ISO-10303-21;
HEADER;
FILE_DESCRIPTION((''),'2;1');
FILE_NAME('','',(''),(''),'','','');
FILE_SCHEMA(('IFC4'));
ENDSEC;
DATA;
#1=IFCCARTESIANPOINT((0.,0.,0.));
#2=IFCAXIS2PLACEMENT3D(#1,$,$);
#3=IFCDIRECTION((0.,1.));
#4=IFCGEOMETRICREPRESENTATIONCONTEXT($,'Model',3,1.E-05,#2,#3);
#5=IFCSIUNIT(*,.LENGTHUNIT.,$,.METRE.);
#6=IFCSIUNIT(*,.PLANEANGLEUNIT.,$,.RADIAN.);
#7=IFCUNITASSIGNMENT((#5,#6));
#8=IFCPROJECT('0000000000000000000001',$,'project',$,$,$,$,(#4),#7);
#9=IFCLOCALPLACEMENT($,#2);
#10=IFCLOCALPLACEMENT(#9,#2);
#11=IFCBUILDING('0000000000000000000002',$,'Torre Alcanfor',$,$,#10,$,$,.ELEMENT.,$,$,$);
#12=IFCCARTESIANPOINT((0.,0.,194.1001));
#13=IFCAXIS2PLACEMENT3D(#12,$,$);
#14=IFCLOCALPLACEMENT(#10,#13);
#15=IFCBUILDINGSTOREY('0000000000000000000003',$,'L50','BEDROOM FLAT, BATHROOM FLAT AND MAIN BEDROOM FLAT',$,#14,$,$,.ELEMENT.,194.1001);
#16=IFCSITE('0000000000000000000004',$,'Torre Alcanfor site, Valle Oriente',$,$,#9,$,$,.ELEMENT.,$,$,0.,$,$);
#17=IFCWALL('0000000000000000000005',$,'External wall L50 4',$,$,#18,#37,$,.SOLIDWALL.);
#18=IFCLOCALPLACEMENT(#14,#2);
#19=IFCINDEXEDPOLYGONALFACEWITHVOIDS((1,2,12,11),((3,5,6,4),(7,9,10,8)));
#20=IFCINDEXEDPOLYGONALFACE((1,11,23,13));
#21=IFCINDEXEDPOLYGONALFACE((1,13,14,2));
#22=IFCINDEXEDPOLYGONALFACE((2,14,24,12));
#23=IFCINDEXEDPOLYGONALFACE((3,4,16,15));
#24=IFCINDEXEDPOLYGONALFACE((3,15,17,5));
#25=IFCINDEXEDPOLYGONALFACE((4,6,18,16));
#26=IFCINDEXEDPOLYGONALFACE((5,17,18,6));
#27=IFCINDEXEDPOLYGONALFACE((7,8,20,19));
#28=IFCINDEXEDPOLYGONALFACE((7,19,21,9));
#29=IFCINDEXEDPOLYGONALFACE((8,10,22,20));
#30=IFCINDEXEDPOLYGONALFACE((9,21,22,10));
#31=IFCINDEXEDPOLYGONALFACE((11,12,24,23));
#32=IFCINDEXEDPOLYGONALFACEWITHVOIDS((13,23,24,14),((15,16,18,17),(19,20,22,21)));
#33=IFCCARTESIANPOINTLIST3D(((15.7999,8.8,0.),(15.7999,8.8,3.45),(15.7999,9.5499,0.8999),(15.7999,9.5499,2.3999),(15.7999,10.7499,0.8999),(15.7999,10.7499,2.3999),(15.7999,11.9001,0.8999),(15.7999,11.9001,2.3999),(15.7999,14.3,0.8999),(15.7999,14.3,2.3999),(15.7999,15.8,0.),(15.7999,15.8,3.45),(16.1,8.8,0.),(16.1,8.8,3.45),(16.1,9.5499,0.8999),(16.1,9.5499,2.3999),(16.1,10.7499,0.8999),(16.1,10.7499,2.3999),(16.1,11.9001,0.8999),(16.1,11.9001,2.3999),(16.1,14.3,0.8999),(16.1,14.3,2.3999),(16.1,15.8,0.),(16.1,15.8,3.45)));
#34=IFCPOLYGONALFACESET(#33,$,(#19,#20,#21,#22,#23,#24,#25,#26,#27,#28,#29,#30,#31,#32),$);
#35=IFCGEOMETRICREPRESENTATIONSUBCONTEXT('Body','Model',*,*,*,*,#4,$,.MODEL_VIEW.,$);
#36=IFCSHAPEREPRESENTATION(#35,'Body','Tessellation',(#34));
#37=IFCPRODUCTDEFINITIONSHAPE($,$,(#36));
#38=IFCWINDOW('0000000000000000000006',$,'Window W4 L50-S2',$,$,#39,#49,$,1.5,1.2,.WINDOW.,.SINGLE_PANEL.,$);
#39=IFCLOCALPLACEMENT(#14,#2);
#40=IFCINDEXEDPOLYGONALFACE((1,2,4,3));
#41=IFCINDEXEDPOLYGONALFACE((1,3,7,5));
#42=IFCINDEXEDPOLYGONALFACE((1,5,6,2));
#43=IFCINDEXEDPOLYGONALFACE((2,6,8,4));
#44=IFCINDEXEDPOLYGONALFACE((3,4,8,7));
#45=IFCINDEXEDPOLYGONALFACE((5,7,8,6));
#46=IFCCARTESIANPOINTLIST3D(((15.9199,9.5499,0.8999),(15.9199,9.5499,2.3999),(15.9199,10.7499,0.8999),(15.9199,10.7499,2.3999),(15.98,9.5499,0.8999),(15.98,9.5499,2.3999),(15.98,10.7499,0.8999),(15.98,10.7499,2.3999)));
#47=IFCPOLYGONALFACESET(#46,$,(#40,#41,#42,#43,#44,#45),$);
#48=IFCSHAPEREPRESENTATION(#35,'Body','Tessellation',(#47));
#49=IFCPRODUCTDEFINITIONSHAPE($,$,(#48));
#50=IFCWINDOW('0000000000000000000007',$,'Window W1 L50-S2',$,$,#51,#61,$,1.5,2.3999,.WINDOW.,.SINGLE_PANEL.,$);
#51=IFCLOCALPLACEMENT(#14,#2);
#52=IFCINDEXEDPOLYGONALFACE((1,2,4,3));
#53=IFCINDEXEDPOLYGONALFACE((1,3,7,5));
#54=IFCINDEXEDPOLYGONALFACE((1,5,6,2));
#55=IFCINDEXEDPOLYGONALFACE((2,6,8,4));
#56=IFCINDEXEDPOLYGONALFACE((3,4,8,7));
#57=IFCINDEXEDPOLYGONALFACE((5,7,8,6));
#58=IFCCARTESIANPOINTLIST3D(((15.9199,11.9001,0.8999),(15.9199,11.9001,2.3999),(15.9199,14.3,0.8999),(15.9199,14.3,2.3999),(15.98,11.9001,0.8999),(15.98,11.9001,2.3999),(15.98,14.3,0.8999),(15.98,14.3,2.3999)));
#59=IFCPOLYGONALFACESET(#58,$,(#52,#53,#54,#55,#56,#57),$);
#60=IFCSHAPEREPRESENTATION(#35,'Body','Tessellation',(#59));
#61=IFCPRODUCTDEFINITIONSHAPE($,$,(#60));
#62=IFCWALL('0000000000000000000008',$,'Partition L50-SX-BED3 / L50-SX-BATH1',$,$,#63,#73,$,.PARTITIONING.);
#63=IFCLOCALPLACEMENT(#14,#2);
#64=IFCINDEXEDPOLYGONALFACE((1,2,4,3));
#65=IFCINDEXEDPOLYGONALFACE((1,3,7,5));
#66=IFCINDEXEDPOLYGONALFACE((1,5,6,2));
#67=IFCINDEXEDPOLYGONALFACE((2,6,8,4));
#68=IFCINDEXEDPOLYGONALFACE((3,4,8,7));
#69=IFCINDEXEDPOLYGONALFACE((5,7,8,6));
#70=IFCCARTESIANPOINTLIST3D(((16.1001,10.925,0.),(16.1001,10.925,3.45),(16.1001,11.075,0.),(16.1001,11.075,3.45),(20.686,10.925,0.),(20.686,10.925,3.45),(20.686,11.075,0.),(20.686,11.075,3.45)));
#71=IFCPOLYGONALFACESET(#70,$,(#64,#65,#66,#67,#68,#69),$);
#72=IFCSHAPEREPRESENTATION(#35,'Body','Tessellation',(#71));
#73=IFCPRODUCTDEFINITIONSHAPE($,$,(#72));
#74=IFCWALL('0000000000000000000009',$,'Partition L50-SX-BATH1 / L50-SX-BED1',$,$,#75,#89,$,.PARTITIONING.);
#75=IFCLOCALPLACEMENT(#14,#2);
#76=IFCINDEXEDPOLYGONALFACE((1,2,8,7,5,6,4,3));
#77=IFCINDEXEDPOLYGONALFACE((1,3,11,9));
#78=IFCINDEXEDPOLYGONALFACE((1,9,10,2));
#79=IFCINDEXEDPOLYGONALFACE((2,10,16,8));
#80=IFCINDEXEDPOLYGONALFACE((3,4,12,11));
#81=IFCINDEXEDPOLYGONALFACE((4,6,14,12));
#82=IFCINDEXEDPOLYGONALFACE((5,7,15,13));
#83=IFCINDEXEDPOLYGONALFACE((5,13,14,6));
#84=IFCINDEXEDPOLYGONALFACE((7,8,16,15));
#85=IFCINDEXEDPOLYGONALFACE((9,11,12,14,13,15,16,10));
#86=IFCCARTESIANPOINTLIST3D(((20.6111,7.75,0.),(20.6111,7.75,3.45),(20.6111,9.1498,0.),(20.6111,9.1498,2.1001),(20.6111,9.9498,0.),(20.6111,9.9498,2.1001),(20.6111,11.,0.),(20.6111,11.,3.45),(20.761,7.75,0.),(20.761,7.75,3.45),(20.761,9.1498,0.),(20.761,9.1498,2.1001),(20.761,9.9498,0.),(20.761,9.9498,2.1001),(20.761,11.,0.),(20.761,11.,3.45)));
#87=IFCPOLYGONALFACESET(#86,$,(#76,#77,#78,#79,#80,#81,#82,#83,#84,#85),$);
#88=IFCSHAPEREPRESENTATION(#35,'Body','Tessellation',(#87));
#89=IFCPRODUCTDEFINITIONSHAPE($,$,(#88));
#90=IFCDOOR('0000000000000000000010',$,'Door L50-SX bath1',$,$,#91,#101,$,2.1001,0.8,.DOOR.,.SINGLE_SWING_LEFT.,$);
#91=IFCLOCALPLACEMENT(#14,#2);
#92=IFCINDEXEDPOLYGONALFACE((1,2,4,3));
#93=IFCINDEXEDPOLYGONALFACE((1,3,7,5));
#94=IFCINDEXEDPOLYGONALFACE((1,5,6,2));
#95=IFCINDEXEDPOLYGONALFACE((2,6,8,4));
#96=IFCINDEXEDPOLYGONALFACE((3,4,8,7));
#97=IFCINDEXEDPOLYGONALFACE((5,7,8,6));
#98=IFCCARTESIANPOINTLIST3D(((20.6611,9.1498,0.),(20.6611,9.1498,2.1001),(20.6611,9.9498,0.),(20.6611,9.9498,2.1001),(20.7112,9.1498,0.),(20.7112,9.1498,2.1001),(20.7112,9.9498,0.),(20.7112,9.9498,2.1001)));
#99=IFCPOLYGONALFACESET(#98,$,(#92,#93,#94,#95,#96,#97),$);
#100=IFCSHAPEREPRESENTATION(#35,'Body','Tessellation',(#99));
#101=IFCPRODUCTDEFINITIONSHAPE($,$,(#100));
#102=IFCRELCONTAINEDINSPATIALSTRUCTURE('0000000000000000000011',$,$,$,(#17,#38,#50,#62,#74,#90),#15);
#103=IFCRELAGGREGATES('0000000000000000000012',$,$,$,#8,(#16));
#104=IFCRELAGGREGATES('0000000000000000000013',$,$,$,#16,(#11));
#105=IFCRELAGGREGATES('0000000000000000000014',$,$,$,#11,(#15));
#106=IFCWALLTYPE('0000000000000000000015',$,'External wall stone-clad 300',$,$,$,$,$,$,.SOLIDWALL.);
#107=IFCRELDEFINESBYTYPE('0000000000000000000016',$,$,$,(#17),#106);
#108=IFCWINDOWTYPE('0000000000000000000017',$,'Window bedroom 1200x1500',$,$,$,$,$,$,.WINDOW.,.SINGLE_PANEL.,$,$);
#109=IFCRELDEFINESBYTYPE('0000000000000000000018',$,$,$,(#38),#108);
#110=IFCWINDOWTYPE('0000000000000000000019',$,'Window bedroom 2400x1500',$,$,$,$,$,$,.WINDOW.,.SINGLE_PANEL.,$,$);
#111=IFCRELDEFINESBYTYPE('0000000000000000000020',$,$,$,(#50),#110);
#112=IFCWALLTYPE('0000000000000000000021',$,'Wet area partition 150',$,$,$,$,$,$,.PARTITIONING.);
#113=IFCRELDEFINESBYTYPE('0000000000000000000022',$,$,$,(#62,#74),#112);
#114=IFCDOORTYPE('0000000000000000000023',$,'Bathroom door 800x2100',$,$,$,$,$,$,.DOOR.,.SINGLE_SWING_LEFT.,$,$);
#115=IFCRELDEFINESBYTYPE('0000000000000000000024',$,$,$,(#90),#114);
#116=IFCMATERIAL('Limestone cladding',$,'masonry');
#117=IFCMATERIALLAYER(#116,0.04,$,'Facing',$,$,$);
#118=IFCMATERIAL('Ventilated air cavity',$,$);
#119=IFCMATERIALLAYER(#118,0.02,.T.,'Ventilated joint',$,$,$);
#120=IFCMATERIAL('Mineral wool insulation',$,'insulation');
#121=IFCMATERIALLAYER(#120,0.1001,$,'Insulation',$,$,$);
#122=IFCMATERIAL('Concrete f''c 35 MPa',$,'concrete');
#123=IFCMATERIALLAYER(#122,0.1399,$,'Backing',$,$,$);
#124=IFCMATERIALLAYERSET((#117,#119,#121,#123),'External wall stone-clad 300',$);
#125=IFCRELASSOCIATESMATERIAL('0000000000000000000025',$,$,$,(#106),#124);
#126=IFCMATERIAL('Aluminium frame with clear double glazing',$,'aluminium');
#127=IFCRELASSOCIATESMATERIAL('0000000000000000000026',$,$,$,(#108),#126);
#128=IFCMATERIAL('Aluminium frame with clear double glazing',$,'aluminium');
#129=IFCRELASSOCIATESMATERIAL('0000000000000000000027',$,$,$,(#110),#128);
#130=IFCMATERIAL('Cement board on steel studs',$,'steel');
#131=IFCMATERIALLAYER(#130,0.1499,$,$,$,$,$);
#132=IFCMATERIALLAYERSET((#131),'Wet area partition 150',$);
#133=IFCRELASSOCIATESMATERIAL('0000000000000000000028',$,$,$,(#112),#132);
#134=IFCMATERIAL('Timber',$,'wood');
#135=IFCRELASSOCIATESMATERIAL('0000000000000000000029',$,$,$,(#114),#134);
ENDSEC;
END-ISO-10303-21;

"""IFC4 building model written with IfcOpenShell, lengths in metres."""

from ifc_helpers import new_model, si_unit, direction, frame, frame_2d, origin, place, context, subcontext, project, spatial, rectangle, extrude, material, layer, layer_set, type_object, element, fill, save


model = new_model("IFC4")

# Units and contexts
model_context = context("Model", 3, precision=1e-05, world=origin(), true_north=direction((0.0, 1.0)))
body_context = subcontext(model_context, "Body", "Model", "MODEL_VIEW")
ifc_project = project(units=[si_unit("LENGTHUNIT", "METRE"), si_unit("PLANEANGLEUNIT", "RADIAN")], contexts=[model_context])

# Site, building, storey
site_placement = place(None, origin())
site = spatial("IfcSite", under=ifc_project, at=site_placement, Name="Torre Alcanfor site, Valle Oriente", CompositionType="ELEMENT", RefElevation=0.0)
building_placement = place(site_placement, origin())
building = spatial("IfcBuilding", under=site, at=building_placement, Name="Torre Alcanfor", CompositionType="ELEMENT")
storey_placement = place(building_placement, frame((0.0, 0.0, 194.1001)))
storey = spatial("IfcBuildingStorey", under=building, at=storey_placement, Name="L50", Description="BEDROOM FLAT, BATHROOM FLAT AND MAIN BEDROOM FLAT", CompositionType="ELEMENT", Elevation=194.1001)

# Wall, openings, windows
ifc_material_1 = material(Name="Limestone cladding", Category="masonry")
ifc_layer_1 = layer(ifc_material_1, 0.04, Name="Facing")
ifc_material_2 = material(Name="Ventilated air cavity")
ifc_layer_2 = layer(ifc_material_2, 0.02, ventilated=True, Name="Ventilated joint")
ifc_material_3 = material(Name="Mineral wool insulation", Category="insulation")
ifc_layer_3 = layer(ifc_material_3, 0.1001, Name="Insulation")
ifc_material_4 = material(Name="Concrete f'c 35 MPa", Category="concrete")
ifc_layer_4 = layer(ifc_material_4, 0.1399, Name="Backing")
ifc_layer_set_1 = layer_set([ifc_layer_1, ifc_layer_2, ifc_layer_3, ifc_layer_4], Name="External wall stone-clad 300")
wall_type_1 = type_object("IfcWallType", Name="External wall stone-clad 300", PredefinedType="SOLIDWALL", material=ifc_layer_set_1)
wall_1_placement = place(storey_placement, frame((15.95, 15.8, 0.0), z_axis=(0.0, 0.0, 1.0), x_axis=(0.0, -1.0, 0.0)))
wall_1 = element("IfcWall", 1, at=wall_1_placement, inside=storey, type_object=wall_type_1, Name="External wall L50 4", PredefinedType="SOLIDWALL", context=body_context, shape_type="SweptSolid", body=[
    extrude(rectangle(XDim=7.0, YDim=0.3, at=frame_2d((3.5, 0.0))), origin(), (0.0, 0.0, 1.0), 3.45),
])
opening_1_placement = place(wall_1_placement, frame((1.5, 0.0, 0.8999)))
opening_1 = element("IfcOpeningElement", 2, at=opening_1_placement, cuts=wall_1, PredefinedType="OPENING", context=body_context, shape_type="SweptSolid", body=[
    extrude(rectangle(XDim=2.3999, YDim=1.5, at=frame_2d((1.2, 0.75))), frame((0.0, 0.1599, 0.0), z_axis=(0.0, -1.0, 0.0), x_axis=(1.0, 0.0, 0.0)), (0.0, 0.0, 1.0), 0.3201),
])
opening_2_placement = place(wall_1_placement, frame((5.05, 0.0, 0.8999)))
opening_2 = element("IfcOpeningElement", 3, at=opening_2_placement, cuts=wall_1, PredefinedType="OPENING", context=body_context, shape_type="SweptSolid", body=[
    extrude(rectangle(XDim=1.2, YDim=1.5, at=frame_2d((0.6001, 0.75))), frame((0.0, 0.1599, 0.0), z_axis=(0.0, -1.0, 0.0), x_axis=(1.0, 0.0, 0.0)), (0.0, 0.0, 1.0), 0.3201),
])
ifc_material_5 = material(Name="Aluminium frame with clear double glazing", Category="aluminium")
window_type_1 = type_object("IfcWindowType", Name="Window bedroom 1200x1500", PartitioningType="SINGLE_PANEL", PredefinedType="WINDOW", material=ifc_material_5)
window_1_placement = place(opening_2_placement, origin())
window_1 = element("IfcWindow", 4, at=window_1_placement, inside=storey, type_object=window_type_1, Name="Window W4 L50-S2", OverallHeight=1.5, OverallWidth=1.2, PartitioningType="SINGLE_PANEL", PredefinedType="WINDOW", context=body_context, shape_type="SweptSolid", body=[
    extrude(rectangle(XDim=1.2, YDim=1.5, at=frame_2d((0.6001, 0.75))), frame((0.0, 0.03, 0.0), z_axis=(0.0, -1.0, 0.0), x_axis=(1.0, 0.0, 0.0)), (0.0, 0.0, 1.0), 0.0601),
])
fill(opening_2, window_1)
ifc_material_6 = material(Name="Aluminium frame with clear double glazing", Category="aluminium")
window_type_2 = type_object("IfcWindowType", Name="Window bedroom 2400x1500", PartitioningType="SINGLE_PANEL", PredefinedType="WINDOW", material=ifc_material_6)
window_2_placement = place(opening_1_placement, origin())
window_2 = element("IfcWindow", 5, at=window_2_placement, inside=storey, type_object=window_type_2, Name="Window W1 L50-S2", OverallHeight=1.5, OverallWidth=2.3999, PartitioningType="SINGLE_PANEL", PredefinedType="WINDOW", context=body_context, shape_type="SweptSolid", body=[
    extrude(rectangle(XDim=2.3999, YDim=1.5, at=frame_2d((1.2, 0.75))), frame((0.0, 0.03, 0.0), z_axis=(0.0, -1.0, 0.0), x_axis=(1.0, 0.0, 0.0)), (0.0, 0.0, 1.0), 0.0601),
])
fill(opening_1, window_2)

# Wall
ifc_material_7 = material(Name="Cement board on steel studs", Category="steel")
ifc_layer_5 = layer(ifc_material_7, 0.1499)
ifc_layer_set_2 = layer_set([ifc_layer_5], Name="Wet area partition 150")
wall_type_2 = type_object("IfcWallType", Name="Wet area partition 150", PredefinedType="PARTITIONING", material=ifc_layer_set_2)
wall_2_placement = place(storey_placement, frame((16.1001, 11.0, 0.0), z_axis=(0.0, 0.0, 1.0), x_axis=(1.0, 0.0, 0.0)))
element("IfcWall", 6, at=wall_2_placement, inside=storey, type_object=wall_type_2, Name="Partition L50-SX-BED3 / L50-SX-BATH1", PredefinedType="PARTITIONING", context=body_context, shape_type="SweptSolid", body=[
    extrude(rectangle(XDim=4.5859, YDim=0.1499, at=frame_2d((2.293, 0.0))), origin(), (0.0, 0.0, 1.0), 3.45),
])

# Wall, opening, door
wall_3_placement = place(storey_placement, frame((20.686, 7.75, 0.0), z_axis=(0.0, 0.0, 1.0), x_axis=(0.0, 1.0, 0.0)))
wall_3 = element("IfcWall", 7, at=wall_3_placement, inside=storey, type_object=wall_type_2, Name="Partition L50-SX-BATH1 / L50-SX-BED1", PredefinedType="PARTITIONING", context=body_context, shape_type="SweptSolid", body=[
    extrude(rectangle(XDim=3.25, YDim=0.1499, at=frame_2d((1.625, 0.0))), origin(), (0.0, 0.0, 1.0), 3.45),
])
opening_3_placement = place(wall_3_placement, frame((1.3999, 0.0, 0.0)))
opening_3 = element("IfcOpeningElement", 8, at=opening_3_placement, cuts=wall_3, PredefinedType="OPENING", context=body_context, shape_type="SweptSolid", body=[
    extrude(rectangle(XDim=0.8, YDim=2.1001, at=frame_2d((0.3999, 1.05))), frame((0.0, 0.085, 0.0), z_axis=(0.0, -1.0, 0.0), x_axis=(1.0, 0.0, 0.0)), (0.0, 0.0, 1.0), 0.1699),
])
ifc_material_8 = material(Name="Timber", Category="wood")
door_type_1 = type_object("IfcDoorType", Name="Bathroom door 800x2100", OperationType="SINGLE_SWING_LEFT", PredefinedType="DOOR", material=ifc_material_8)
door_1_placement = place(opening_3_placement, frame((0.8, 0.0, 0.0), z_axis=(0.0, 0.0, 1.0), x_axis=(-1.0, 0.0, 0.0)))
door_1 = element("IfcDoor", 9, at=door_1_placement, inside=storey, type_object=door_type_1, Name="Door L50-SX bath1", OperationType="SINGLE_SWING_LEFT", OverallHeight=2.1001, OverallWidth=0.8, PredefinedType="DOOR", context=body_context, shape_type="SweptSolid", body=[
    extrude(rectangle(XDim=0.8, YDim=2.1001, at=frame_2d((0.4001, 1.05))), frame((0.0, 0.0251, 0.0), z_axis=(0.0, -1.0, 0.0), x_axis=(1.0, 0.0, 0.0)), (0.0, 0.0, 1.0), 0.05),
])
fill(opening_3, door_1)

save(model, "model.ifc")
